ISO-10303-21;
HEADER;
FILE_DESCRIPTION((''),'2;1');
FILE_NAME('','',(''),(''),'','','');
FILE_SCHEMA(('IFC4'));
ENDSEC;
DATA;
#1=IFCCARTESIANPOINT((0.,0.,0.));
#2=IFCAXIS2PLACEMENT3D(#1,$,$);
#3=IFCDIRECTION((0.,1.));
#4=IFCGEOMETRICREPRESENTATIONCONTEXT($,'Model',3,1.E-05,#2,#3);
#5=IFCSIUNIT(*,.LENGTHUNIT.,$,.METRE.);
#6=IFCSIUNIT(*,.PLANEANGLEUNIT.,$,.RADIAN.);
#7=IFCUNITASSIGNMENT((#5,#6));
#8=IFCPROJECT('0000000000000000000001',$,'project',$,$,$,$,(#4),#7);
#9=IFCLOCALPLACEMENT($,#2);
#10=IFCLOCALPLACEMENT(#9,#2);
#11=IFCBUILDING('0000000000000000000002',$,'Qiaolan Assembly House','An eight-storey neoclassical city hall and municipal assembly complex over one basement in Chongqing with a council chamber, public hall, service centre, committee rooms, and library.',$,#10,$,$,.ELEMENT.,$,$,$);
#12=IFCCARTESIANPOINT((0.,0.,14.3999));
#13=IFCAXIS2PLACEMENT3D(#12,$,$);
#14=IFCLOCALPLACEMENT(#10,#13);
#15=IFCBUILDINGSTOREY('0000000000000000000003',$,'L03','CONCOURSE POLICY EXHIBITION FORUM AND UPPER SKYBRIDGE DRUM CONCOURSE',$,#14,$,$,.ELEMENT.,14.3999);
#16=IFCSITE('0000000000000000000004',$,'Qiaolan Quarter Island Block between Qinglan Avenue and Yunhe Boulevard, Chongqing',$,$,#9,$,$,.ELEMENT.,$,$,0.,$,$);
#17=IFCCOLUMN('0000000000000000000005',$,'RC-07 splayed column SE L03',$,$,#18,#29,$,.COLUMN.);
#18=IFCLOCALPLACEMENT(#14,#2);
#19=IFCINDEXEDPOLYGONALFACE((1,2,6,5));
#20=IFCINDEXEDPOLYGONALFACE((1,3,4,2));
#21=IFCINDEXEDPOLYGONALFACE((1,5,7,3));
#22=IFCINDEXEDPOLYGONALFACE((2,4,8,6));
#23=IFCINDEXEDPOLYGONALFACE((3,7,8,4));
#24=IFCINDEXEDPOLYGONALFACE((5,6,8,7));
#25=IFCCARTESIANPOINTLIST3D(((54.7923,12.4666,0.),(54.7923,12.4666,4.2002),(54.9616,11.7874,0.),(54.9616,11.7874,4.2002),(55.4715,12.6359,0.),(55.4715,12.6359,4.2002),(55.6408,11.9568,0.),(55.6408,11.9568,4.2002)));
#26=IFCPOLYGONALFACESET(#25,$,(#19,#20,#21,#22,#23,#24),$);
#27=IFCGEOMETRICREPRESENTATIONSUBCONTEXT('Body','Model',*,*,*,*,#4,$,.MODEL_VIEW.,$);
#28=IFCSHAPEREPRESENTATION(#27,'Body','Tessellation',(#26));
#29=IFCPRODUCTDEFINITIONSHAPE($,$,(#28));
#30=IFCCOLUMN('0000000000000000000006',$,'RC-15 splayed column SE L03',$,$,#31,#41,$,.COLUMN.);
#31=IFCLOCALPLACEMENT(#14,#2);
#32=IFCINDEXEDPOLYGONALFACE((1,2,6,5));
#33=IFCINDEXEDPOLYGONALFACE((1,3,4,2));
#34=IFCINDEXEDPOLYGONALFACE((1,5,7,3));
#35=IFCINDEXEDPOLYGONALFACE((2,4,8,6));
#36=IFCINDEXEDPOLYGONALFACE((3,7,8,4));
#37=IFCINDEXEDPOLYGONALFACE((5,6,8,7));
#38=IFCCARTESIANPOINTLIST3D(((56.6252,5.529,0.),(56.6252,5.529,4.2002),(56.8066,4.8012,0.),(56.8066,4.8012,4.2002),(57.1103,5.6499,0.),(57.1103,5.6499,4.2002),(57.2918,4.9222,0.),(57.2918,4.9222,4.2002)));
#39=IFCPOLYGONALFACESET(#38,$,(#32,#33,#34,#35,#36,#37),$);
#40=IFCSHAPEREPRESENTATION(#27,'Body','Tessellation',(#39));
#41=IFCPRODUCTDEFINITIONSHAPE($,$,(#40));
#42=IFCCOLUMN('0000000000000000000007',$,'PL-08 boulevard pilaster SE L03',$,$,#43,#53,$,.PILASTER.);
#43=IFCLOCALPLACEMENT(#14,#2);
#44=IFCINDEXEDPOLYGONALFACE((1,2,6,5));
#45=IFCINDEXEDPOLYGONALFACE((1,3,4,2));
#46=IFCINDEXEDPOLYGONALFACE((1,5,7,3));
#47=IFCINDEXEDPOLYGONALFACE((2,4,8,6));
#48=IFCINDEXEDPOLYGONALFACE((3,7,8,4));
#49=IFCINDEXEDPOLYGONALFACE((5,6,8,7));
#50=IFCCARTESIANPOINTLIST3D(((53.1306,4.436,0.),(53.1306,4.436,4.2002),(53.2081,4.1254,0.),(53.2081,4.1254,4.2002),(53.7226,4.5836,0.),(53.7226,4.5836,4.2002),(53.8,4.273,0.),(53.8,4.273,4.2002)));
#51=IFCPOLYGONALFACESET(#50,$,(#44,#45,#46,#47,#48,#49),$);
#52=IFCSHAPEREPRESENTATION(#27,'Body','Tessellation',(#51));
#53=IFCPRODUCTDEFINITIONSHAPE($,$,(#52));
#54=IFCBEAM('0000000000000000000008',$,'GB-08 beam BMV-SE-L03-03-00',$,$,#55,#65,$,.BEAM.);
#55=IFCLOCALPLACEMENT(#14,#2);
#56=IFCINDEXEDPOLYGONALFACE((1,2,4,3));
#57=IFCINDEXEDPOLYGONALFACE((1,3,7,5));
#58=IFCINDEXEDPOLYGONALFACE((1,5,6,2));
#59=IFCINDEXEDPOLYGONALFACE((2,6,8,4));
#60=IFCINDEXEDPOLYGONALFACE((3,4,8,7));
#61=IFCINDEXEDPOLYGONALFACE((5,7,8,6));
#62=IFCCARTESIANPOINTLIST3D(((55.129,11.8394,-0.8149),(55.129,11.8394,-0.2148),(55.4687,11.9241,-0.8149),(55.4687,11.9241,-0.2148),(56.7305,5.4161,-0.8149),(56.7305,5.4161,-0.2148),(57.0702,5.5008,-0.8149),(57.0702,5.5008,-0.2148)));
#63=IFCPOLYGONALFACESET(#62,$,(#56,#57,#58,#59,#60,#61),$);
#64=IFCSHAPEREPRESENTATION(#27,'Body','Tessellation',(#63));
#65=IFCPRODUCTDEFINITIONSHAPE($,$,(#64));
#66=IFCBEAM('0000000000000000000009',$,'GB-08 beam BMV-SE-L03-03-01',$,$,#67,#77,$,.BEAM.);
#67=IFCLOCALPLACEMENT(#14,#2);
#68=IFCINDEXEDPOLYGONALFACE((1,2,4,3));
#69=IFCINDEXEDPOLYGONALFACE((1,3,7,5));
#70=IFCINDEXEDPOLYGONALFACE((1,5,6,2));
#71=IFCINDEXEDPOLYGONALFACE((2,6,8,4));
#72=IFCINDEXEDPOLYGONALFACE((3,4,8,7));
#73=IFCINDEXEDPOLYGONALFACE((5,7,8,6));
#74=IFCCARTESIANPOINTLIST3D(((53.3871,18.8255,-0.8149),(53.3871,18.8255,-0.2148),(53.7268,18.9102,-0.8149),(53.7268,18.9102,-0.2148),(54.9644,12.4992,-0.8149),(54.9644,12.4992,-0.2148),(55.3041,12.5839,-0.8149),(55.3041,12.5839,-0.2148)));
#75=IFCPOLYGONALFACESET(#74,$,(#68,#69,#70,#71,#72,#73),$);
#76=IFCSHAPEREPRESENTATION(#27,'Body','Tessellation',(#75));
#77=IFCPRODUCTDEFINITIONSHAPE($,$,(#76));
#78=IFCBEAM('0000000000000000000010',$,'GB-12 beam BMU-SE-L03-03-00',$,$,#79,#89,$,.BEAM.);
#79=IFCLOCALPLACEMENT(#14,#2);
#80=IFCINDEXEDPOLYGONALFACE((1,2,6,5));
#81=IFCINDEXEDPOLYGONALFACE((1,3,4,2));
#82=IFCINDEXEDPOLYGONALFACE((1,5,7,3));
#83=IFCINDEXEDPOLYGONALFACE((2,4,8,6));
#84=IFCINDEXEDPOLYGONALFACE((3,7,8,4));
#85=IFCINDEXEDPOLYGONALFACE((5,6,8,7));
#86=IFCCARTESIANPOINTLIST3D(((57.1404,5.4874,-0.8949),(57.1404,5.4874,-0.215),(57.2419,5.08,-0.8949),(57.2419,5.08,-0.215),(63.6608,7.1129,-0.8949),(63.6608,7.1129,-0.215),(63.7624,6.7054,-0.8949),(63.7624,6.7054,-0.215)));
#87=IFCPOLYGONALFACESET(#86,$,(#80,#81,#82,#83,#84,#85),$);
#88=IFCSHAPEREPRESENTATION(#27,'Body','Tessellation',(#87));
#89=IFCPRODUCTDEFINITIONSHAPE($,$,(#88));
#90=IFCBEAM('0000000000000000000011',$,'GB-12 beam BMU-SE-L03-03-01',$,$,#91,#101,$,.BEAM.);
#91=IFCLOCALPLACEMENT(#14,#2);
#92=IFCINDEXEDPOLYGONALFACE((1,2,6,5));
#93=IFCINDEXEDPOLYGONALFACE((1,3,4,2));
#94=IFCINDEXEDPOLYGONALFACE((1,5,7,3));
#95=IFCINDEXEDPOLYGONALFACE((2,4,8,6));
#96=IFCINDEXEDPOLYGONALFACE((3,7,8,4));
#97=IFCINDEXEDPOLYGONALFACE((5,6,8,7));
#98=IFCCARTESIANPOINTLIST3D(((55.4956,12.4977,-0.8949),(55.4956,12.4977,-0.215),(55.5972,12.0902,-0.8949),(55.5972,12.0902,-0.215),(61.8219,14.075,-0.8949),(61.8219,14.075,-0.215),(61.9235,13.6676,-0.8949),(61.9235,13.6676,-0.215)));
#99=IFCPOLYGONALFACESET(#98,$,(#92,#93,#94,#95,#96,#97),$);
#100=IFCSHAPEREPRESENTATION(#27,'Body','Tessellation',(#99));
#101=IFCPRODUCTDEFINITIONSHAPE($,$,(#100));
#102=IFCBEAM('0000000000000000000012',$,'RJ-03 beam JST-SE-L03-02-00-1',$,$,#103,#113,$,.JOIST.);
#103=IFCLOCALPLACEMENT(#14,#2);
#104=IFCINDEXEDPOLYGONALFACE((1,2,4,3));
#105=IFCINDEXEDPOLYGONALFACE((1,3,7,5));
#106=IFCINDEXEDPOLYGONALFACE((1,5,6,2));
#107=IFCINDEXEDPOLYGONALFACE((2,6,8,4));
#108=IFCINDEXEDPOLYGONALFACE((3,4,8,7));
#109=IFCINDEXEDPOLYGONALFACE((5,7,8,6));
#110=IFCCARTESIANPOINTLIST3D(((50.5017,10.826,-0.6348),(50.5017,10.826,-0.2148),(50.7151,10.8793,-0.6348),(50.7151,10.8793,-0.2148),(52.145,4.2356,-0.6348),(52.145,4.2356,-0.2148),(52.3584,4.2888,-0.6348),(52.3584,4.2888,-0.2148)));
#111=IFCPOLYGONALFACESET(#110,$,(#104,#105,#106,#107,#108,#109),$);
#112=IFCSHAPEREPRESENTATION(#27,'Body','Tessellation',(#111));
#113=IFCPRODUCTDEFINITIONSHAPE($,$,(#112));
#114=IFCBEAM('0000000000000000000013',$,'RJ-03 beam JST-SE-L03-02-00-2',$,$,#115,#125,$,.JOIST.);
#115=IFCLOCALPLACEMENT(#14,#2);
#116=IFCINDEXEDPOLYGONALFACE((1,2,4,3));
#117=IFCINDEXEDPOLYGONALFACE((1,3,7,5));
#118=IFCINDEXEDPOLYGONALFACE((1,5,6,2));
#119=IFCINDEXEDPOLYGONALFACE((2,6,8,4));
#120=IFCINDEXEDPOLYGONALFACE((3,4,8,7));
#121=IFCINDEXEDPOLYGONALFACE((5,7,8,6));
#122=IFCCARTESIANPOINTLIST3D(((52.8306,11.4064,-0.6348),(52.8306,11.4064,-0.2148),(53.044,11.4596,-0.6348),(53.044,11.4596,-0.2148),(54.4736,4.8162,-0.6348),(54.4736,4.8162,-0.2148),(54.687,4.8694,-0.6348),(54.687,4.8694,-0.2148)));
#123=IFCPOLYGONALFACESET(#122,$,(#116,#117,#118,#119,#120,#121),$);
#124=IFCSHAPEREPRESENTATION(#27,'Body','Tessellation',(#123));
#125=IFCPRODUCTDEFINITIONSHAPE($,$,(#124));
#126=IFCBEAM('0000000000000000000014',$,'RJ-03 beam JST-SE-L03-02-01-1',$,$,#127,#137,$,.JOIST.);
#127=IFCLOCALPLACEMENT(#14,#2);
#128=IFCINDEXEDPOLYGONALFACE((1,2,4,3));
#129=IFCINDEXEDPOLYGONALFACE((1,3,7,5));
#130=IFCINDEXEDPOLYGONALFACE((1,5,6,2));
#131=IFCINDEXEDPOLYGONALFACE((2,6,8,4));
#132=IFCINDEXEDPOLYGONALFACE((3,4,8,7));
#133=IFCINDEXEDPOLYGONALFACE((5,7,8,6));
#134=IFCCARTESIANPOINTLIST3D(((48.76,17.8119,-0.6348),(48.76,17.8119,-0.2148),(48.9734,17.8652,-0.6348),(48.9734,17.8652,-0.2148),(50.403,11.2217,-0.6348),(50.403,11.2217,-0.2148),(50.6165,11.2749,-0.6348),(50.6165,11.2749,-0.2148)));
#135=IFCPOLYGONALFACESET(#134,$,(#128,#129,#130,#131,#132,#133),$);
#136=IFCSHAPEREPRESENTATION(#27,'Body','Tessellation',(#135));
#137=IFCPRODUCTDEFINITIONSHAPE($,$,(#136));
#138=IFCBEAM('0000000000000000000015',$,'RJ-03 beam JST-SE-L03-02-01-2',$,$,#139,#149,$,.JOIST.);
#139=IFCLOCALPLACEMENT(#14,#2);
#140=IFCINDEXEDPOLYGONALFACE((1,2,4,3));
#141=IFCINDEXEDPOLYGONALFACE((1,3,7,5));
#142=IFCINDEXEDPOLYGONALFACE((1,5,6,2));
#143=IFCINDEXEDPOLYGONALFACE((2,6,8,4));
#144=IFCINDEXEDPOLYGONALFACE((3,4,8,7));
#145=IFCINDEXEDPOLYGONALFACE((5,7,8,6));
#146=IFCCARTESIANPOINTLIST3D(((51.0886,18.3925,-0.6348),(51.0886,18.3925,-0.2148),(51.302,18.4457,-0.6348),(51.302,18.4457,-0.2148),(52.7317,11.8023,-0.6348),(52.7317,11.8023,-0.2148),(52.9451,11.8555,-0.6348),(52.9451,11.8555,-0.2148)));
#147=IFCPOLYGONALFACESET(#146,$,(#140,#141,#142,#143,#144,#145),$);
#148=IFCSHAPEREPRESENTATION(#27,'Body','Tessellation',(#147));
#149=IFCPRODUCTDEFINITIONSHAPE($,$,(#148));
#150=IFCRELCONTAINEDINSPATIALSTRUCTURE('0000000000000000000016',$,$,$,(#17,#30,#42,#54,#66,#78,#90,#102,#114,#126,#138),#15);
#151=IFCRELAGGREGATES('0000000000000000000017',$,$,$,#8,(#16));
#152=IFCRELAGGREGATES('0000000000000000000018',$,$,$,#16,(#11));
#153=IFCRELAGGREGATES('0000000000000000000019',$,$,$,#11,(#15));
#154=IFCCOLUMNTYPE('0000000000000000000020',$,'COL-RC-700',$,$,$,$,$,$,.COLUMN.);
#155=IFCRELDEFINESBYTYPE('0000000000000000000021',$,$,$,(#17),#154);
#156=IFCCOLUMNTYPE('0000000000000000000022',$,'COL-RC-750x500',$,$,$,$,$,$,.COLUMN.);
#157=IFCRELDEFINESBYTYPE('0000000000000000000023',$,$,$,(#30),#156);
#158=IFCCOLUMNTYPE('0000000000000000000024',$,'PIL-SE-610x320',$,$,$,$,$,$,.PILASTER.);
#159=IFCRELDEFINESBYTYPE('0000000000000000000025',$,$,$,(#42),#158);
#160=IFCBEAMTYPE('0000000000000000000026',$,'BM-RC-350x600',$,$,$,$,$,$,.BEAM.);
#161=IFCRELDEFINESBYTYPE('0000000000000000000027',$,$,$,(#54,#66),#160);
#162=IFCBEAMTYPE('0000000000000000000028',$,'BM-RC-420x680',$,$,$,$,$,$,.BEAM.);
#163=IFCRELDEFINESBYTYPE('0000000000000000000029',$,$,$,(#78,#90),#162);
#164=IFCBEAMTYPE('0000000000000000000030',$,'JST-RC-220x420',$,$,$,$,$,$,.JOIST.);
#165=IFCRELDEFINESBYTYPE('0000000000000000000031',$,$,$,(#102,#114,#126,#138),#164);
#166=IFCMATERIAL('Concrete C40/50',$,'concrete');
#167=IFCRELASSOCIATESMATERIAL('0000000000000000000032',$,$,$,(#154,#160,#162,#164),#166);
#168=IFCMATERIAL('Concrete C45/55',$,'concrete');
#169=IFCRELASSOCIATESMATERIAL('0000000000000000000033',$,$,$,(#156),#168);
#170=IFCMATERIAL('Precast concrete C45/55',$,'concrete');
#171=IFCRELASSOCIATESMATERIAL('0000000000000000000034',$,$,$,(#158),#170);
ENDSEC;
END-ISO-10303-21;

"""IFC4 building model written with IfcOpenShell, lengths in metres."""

from ifc_helpers import new_model, si_unit, direction, frame, origin, origin_2d, place, context, subcontext, project, spatial, rectangle, extrude, material, material_profile, profile_set, type_object, element, save


model = new_model("IFC4")

# Units and contexts
model_context = context("Model", 3, precision=1e-05, world=origin(), true_north=direction((0.0, 1.0)))
body_context = subcontext(model_context, "Body", "Model", "MODEL_VIEW")
ifc_project = project(units=[si_unit("LENGTHUNIT", "METRE"), si_unit("PLANEANGLEUNIT", "RADIAN")], contexts=[model_context])

# Site, building, storey
site_placement = place(None, origin())
site = spatial("IfcSite", under=ifc_project, at=site_placement, Name="Qiaolan Quarter Island Block between Qinglan Avenue and Yunhe Boulevard, Chongqing", CompositionType="ELEMENT", RefElevation=0.0)
building_placement = place(site_placement, origin())
building = spatial("IfcBuilding", under=site, at=building_placement, Name="Qiaolan Assembly House", Description="An eight-storey neoclassical city hall and municipal assembly complex over one basement in Chongqing with a council chamber, public hall, service centre, committee rooms, and library.", CompositionType="ELEMENT")
storey_placement = place(building_placement, frame((0.0, 0.0, 14.3999)))
storey = spatial("IfcBuildingStorey", under=building, at=storey_placement, Name="L03", Description="CONCOURSE POLICY EXHIBITION FORUM AND UPPER SKYBRIDGE DRUM CONCOURSE", CompositionType="ELEMENT", Elevation=14.3999)

# Columns
ifc_material_1 = material(Name="Concrete C40/50", Category="concrete")
ifc_material_profile_1 = material_profile(ifc_material_1, rectangle(XDim=0.7, YDim=0.7, at=origin_2d()), Name="RC 700x700")
ifc_profile_set_1 = profile_set([ifc_material_profile_1], Name="Concrete C40/50")
column_type_1 = type_object("IfcColumnType", Name="COL-RC-700", PredefinedType="COLUMN", material=ifc_profile_set_1)
column_1_placement = place(storey_placement, frame((55.2166, 12.2117, 0.0), z_axis=(0.0, 0.0, 1.0), x_axis=(0.970296, 0.241922, 0.0)))
element("IfcColumn", 1, at=column_1_placement, inside=storey, type_object=column_type_1, Name="RC-07 splayed column SE L03", PredefinedType="COLUMN", context=body_context, shape_type="SweptSolid", body=[
    extrude(rectangle(XDim=0.7, YDim=0.7, at=origin_2d()), origin(), (0.0, 0.0, 1.0), 4.2002),
])
ifc_material_2 = material(Name="Concrete C45/55", Category="concrete")
ifc_material_profile_2 = material_profile(ifc_material_2, rectangle(XDim=0.5, YDim=0.75, at=origin_2d()), Name="RC 750x500")
ifc_profile_set_2 = profile_set([ifc_material_profile_2], Name="Concrete C45/55")
column_type_2 = type_object("IfcColumnType", Name="COL-RC-750x500", PredefinedType="COLUMN", material=ifc_profile_set_2)
column_2_placement = place(storey_placement, frame((56.9585, 5.2256, 0.0), z_axis=(0.0, 0.0, 1.0), x_axis=(0.970296, 0.241922, 0.0)))
element("IfcColumn", 2, at=column_2_placement, inside=storey, type_object=column_type_2, Name="RC-15 splayed column SE L03", PredefinedType="COLUMN", context=body_context, shape_type="SweptSolid", body=[
    extrude(rectangle(XDim=0.5, YDim=0.75, at=origin_2d()), origin(), (0.0, 0.0, 1.0), 4.2002),
])
ifc_material_3 = material(Name="Precast concrete C45/55", Category="concrete")
ifc_material_profile_3 = material_profile(ifc_material_3, rectangle(XDim=0.6101, YDim=0.3201, at=origin_2d()), Name="PIL 610x320")
ifc_profile_set_3 = profile_set([ifc_material_profile_3], Name="Precast concrete C45/55")
column_type_3 = type_object("IfcColumnType", Name="PIL-SE-610x320", PredefinedType="PILASTER", material=ifc_profile_set_3)
column_3_placement = place(storey_placement, frame((53.4653, 4.3545, 0.0), z_axis=(0.0, 0.0, 1.0), x_axis=(0.970296, 0.241922, 0.0)))
element("IfcColumn", 3, at=column_3_placement, inside=storey, type_object=column_type_3, Name="PL-08 boulevard pilaster SE L03", PredefinedType="PILASTER", context=body_context, shape_type="SweptSolid", body=[
    extrude(rectangle(XDim=0.6101, YDim=0.3201, at=origin_2d()), origin(), (0.0, 0.0, 1.0), 4.2002),
])

# Beams
ifc_material_profile_4 = material_profile(ifc_material_1, rectangle(XDim=0.3501, YDim=0.6001, at=origin_2d()), Name="RCB 350x600")
ifc_profile_set_4 = profile_set([ifc_material_profile_4], Name="Concrete C40/50")
beam_type_1 = type_object("IfcBeamType", Name="BM-RC-350x600", PredefinedType="BEAM", material=ifc_profile_set_4)
beam_1_placement = place(storey_placement, frame((56.9004, 5.4585, -0.5149), z_axis=(-0.241928, 0.970294, 0.0), x_axis=(-0.970294, -0.241928, 0.0)))
element("IfcBeam", 4, at=beam_1_placement, inside=storey, type_object=beam_type_1, Name="GB-08 beam BMV-SE-L03-03-00", PredefinedType="BEAM", context=body_context, shape_type="SweptSolid", body=[
    extrude(rectangle(XDim=0.3501, YDim=0.6001, at=origin_2d()), origin(), (0.0, 0.0, 1.0), 6.6199),
])
beam_2_placement = place(storey_placement, frame((55.1343, 12.5415, -0.5149), z_axis=(-0.241928, 0.970294, 0.0), x_axis=(-0.970294, -0.241928, 0.0)))
element("IfcBeam", 5, at=beam_2_placement, inside=storey, type_object=beam_type_1, Name="GB-08 beam BMV-SE-L03-03-01", PredefinedType="BEAM", context=body_context, shape_type="SweptSolid", body=[
    extrude(rectangle(XDim=0.3501, YDim=0.6001, at=origin_2d()), origin(), (0.0, 0.0, 1.0), 6.52),
])
ifc_material_profile_5 = material_profile(ifc_material_1, rectangle(XDim=0.4199, YDim=0.6799, at=origin_2d()), Name="RCB 420x680")
ifc_profile_set_5 = profile_set([ifc_material_profile_5], Name="Concrete C40/50")
beam_type_2 = type_object("IfcBeamType", Name="BM-RC-420x680", PredefinedType="BEAM", material=ifc_profile_set_5)
beam_3_placement = place(storey_placement, frame((57.1912, 5.2837, -0.5549), z_axis=(0.970305, 0.241886, 0.0), x_axis=(-0.241886, 0.970305, 0.0)))
element("IfcBeam", 6, at=beam_3_placement, inside=storey, type_object=beam_type_2, Name="GB-12 beam BMU-SE-L03-03-00", PredefinedType="BEAM", context=body_context, shape_type="SweptSolid", body=[
    extrude(rectangle(XDim=0.4199, YDim=0.6799, at=origin_2d()), origin(), (0.0, 0.0, 1.0), 6.72),
])
beam_4_placement = place(storey_placement, frame((55.5464, 12.2939, -0.5549), z_axis=(0.970294, 0.241928, 0.0), x_axis=(-0.241928, 0.970294, 0.0)))
element("IfcBeam", 7, at=beam_4_placement, inside=storey, type_object=beam_type_2, Name="GB-12 beam BMU-SE-L03-03-01", PredefinedType="BEAM", context=body_context, shape_type="SweptSolid", body=[
    extrude(rectangle(XDim=0.4199, YDim=0.6799, at=origin_2d()), origin(), (0.0, 0.0, 1.0), 6.52),
])
ifc_material_profile_6 = material_profile(ifc_material_1, rectangle(XDim=0.22, YDim=0.4199, at=origin_2d()), Name="RCB 220x420")
ifc_profile_set_6 = profile_set([ifc_material_profile_6], Name="Concrete C40/50")
beam_type_3 = type_object("IfcBeamType", Name="JST-RC-220x420", PredefinedType="JOIST", material=ifc_profile_set_6)
beam_5_placement = place(storey_placement, frame((52.2517, 4.2622, -0.4248), z_axis=(-0.241944, 0.97029, 0.0), x_axis=(-0.97029, -0.241944, 0.0)))
element("IfcBeam", 8, at=beam_5_placement, inside=storey, type_object=beam_type_3, Name="RJ-03 beam JST-SE-L03-02-00-1", PredefinedType="JOIST", context=body_context, shape_type="SweptSolid", body=[
    extrude(rectangle(XDim=0.22, YDim=0.4199, at=origin_2d()), origin(), (0.0, 0.0, 1.0), 6.7922),
])
for number, where, z_axis, x_axis, name in (
    (9, (54.5803, 4.8428, -0.4248), (-0.24191, 0.970299, 0.0), (-0.970299, -0.24191, 0.0), "RJ-03 beam JST-SE-L03-02-00-2"),
    (10, (50.5098, 11.2483, -0.4248), (-0.24191, 0.970299, 0.0), (-0.970299, -0.24191, 0.0), "RJ-03 beam JST-SE-L03-02-01-1"),
    (11, (52.8384, 11.8289, -0.4248), (-0.24191, 0.970299, 0.0), (-0.970299, -0.24191, 0.0), "RJ-03 beam JST-SE-L03-02-01-2"),
):
    element("IfcBeam", number, at=place(storey_placement, frame(where, z_axis=z_axis, x_axis=x_axis)), inside=storey, type_object=beam_type_3, Name=name, PredefinedType="JOIST", context=body_context, shape_type="SweptSolid", body=[
        extrude(rectangle(XDim=0.22, YDim=0.4199, at=origin_2d()), origin(), (0.0, 0.0, 1.0), 6.792),
    ])

save(model, "model.ifc")
